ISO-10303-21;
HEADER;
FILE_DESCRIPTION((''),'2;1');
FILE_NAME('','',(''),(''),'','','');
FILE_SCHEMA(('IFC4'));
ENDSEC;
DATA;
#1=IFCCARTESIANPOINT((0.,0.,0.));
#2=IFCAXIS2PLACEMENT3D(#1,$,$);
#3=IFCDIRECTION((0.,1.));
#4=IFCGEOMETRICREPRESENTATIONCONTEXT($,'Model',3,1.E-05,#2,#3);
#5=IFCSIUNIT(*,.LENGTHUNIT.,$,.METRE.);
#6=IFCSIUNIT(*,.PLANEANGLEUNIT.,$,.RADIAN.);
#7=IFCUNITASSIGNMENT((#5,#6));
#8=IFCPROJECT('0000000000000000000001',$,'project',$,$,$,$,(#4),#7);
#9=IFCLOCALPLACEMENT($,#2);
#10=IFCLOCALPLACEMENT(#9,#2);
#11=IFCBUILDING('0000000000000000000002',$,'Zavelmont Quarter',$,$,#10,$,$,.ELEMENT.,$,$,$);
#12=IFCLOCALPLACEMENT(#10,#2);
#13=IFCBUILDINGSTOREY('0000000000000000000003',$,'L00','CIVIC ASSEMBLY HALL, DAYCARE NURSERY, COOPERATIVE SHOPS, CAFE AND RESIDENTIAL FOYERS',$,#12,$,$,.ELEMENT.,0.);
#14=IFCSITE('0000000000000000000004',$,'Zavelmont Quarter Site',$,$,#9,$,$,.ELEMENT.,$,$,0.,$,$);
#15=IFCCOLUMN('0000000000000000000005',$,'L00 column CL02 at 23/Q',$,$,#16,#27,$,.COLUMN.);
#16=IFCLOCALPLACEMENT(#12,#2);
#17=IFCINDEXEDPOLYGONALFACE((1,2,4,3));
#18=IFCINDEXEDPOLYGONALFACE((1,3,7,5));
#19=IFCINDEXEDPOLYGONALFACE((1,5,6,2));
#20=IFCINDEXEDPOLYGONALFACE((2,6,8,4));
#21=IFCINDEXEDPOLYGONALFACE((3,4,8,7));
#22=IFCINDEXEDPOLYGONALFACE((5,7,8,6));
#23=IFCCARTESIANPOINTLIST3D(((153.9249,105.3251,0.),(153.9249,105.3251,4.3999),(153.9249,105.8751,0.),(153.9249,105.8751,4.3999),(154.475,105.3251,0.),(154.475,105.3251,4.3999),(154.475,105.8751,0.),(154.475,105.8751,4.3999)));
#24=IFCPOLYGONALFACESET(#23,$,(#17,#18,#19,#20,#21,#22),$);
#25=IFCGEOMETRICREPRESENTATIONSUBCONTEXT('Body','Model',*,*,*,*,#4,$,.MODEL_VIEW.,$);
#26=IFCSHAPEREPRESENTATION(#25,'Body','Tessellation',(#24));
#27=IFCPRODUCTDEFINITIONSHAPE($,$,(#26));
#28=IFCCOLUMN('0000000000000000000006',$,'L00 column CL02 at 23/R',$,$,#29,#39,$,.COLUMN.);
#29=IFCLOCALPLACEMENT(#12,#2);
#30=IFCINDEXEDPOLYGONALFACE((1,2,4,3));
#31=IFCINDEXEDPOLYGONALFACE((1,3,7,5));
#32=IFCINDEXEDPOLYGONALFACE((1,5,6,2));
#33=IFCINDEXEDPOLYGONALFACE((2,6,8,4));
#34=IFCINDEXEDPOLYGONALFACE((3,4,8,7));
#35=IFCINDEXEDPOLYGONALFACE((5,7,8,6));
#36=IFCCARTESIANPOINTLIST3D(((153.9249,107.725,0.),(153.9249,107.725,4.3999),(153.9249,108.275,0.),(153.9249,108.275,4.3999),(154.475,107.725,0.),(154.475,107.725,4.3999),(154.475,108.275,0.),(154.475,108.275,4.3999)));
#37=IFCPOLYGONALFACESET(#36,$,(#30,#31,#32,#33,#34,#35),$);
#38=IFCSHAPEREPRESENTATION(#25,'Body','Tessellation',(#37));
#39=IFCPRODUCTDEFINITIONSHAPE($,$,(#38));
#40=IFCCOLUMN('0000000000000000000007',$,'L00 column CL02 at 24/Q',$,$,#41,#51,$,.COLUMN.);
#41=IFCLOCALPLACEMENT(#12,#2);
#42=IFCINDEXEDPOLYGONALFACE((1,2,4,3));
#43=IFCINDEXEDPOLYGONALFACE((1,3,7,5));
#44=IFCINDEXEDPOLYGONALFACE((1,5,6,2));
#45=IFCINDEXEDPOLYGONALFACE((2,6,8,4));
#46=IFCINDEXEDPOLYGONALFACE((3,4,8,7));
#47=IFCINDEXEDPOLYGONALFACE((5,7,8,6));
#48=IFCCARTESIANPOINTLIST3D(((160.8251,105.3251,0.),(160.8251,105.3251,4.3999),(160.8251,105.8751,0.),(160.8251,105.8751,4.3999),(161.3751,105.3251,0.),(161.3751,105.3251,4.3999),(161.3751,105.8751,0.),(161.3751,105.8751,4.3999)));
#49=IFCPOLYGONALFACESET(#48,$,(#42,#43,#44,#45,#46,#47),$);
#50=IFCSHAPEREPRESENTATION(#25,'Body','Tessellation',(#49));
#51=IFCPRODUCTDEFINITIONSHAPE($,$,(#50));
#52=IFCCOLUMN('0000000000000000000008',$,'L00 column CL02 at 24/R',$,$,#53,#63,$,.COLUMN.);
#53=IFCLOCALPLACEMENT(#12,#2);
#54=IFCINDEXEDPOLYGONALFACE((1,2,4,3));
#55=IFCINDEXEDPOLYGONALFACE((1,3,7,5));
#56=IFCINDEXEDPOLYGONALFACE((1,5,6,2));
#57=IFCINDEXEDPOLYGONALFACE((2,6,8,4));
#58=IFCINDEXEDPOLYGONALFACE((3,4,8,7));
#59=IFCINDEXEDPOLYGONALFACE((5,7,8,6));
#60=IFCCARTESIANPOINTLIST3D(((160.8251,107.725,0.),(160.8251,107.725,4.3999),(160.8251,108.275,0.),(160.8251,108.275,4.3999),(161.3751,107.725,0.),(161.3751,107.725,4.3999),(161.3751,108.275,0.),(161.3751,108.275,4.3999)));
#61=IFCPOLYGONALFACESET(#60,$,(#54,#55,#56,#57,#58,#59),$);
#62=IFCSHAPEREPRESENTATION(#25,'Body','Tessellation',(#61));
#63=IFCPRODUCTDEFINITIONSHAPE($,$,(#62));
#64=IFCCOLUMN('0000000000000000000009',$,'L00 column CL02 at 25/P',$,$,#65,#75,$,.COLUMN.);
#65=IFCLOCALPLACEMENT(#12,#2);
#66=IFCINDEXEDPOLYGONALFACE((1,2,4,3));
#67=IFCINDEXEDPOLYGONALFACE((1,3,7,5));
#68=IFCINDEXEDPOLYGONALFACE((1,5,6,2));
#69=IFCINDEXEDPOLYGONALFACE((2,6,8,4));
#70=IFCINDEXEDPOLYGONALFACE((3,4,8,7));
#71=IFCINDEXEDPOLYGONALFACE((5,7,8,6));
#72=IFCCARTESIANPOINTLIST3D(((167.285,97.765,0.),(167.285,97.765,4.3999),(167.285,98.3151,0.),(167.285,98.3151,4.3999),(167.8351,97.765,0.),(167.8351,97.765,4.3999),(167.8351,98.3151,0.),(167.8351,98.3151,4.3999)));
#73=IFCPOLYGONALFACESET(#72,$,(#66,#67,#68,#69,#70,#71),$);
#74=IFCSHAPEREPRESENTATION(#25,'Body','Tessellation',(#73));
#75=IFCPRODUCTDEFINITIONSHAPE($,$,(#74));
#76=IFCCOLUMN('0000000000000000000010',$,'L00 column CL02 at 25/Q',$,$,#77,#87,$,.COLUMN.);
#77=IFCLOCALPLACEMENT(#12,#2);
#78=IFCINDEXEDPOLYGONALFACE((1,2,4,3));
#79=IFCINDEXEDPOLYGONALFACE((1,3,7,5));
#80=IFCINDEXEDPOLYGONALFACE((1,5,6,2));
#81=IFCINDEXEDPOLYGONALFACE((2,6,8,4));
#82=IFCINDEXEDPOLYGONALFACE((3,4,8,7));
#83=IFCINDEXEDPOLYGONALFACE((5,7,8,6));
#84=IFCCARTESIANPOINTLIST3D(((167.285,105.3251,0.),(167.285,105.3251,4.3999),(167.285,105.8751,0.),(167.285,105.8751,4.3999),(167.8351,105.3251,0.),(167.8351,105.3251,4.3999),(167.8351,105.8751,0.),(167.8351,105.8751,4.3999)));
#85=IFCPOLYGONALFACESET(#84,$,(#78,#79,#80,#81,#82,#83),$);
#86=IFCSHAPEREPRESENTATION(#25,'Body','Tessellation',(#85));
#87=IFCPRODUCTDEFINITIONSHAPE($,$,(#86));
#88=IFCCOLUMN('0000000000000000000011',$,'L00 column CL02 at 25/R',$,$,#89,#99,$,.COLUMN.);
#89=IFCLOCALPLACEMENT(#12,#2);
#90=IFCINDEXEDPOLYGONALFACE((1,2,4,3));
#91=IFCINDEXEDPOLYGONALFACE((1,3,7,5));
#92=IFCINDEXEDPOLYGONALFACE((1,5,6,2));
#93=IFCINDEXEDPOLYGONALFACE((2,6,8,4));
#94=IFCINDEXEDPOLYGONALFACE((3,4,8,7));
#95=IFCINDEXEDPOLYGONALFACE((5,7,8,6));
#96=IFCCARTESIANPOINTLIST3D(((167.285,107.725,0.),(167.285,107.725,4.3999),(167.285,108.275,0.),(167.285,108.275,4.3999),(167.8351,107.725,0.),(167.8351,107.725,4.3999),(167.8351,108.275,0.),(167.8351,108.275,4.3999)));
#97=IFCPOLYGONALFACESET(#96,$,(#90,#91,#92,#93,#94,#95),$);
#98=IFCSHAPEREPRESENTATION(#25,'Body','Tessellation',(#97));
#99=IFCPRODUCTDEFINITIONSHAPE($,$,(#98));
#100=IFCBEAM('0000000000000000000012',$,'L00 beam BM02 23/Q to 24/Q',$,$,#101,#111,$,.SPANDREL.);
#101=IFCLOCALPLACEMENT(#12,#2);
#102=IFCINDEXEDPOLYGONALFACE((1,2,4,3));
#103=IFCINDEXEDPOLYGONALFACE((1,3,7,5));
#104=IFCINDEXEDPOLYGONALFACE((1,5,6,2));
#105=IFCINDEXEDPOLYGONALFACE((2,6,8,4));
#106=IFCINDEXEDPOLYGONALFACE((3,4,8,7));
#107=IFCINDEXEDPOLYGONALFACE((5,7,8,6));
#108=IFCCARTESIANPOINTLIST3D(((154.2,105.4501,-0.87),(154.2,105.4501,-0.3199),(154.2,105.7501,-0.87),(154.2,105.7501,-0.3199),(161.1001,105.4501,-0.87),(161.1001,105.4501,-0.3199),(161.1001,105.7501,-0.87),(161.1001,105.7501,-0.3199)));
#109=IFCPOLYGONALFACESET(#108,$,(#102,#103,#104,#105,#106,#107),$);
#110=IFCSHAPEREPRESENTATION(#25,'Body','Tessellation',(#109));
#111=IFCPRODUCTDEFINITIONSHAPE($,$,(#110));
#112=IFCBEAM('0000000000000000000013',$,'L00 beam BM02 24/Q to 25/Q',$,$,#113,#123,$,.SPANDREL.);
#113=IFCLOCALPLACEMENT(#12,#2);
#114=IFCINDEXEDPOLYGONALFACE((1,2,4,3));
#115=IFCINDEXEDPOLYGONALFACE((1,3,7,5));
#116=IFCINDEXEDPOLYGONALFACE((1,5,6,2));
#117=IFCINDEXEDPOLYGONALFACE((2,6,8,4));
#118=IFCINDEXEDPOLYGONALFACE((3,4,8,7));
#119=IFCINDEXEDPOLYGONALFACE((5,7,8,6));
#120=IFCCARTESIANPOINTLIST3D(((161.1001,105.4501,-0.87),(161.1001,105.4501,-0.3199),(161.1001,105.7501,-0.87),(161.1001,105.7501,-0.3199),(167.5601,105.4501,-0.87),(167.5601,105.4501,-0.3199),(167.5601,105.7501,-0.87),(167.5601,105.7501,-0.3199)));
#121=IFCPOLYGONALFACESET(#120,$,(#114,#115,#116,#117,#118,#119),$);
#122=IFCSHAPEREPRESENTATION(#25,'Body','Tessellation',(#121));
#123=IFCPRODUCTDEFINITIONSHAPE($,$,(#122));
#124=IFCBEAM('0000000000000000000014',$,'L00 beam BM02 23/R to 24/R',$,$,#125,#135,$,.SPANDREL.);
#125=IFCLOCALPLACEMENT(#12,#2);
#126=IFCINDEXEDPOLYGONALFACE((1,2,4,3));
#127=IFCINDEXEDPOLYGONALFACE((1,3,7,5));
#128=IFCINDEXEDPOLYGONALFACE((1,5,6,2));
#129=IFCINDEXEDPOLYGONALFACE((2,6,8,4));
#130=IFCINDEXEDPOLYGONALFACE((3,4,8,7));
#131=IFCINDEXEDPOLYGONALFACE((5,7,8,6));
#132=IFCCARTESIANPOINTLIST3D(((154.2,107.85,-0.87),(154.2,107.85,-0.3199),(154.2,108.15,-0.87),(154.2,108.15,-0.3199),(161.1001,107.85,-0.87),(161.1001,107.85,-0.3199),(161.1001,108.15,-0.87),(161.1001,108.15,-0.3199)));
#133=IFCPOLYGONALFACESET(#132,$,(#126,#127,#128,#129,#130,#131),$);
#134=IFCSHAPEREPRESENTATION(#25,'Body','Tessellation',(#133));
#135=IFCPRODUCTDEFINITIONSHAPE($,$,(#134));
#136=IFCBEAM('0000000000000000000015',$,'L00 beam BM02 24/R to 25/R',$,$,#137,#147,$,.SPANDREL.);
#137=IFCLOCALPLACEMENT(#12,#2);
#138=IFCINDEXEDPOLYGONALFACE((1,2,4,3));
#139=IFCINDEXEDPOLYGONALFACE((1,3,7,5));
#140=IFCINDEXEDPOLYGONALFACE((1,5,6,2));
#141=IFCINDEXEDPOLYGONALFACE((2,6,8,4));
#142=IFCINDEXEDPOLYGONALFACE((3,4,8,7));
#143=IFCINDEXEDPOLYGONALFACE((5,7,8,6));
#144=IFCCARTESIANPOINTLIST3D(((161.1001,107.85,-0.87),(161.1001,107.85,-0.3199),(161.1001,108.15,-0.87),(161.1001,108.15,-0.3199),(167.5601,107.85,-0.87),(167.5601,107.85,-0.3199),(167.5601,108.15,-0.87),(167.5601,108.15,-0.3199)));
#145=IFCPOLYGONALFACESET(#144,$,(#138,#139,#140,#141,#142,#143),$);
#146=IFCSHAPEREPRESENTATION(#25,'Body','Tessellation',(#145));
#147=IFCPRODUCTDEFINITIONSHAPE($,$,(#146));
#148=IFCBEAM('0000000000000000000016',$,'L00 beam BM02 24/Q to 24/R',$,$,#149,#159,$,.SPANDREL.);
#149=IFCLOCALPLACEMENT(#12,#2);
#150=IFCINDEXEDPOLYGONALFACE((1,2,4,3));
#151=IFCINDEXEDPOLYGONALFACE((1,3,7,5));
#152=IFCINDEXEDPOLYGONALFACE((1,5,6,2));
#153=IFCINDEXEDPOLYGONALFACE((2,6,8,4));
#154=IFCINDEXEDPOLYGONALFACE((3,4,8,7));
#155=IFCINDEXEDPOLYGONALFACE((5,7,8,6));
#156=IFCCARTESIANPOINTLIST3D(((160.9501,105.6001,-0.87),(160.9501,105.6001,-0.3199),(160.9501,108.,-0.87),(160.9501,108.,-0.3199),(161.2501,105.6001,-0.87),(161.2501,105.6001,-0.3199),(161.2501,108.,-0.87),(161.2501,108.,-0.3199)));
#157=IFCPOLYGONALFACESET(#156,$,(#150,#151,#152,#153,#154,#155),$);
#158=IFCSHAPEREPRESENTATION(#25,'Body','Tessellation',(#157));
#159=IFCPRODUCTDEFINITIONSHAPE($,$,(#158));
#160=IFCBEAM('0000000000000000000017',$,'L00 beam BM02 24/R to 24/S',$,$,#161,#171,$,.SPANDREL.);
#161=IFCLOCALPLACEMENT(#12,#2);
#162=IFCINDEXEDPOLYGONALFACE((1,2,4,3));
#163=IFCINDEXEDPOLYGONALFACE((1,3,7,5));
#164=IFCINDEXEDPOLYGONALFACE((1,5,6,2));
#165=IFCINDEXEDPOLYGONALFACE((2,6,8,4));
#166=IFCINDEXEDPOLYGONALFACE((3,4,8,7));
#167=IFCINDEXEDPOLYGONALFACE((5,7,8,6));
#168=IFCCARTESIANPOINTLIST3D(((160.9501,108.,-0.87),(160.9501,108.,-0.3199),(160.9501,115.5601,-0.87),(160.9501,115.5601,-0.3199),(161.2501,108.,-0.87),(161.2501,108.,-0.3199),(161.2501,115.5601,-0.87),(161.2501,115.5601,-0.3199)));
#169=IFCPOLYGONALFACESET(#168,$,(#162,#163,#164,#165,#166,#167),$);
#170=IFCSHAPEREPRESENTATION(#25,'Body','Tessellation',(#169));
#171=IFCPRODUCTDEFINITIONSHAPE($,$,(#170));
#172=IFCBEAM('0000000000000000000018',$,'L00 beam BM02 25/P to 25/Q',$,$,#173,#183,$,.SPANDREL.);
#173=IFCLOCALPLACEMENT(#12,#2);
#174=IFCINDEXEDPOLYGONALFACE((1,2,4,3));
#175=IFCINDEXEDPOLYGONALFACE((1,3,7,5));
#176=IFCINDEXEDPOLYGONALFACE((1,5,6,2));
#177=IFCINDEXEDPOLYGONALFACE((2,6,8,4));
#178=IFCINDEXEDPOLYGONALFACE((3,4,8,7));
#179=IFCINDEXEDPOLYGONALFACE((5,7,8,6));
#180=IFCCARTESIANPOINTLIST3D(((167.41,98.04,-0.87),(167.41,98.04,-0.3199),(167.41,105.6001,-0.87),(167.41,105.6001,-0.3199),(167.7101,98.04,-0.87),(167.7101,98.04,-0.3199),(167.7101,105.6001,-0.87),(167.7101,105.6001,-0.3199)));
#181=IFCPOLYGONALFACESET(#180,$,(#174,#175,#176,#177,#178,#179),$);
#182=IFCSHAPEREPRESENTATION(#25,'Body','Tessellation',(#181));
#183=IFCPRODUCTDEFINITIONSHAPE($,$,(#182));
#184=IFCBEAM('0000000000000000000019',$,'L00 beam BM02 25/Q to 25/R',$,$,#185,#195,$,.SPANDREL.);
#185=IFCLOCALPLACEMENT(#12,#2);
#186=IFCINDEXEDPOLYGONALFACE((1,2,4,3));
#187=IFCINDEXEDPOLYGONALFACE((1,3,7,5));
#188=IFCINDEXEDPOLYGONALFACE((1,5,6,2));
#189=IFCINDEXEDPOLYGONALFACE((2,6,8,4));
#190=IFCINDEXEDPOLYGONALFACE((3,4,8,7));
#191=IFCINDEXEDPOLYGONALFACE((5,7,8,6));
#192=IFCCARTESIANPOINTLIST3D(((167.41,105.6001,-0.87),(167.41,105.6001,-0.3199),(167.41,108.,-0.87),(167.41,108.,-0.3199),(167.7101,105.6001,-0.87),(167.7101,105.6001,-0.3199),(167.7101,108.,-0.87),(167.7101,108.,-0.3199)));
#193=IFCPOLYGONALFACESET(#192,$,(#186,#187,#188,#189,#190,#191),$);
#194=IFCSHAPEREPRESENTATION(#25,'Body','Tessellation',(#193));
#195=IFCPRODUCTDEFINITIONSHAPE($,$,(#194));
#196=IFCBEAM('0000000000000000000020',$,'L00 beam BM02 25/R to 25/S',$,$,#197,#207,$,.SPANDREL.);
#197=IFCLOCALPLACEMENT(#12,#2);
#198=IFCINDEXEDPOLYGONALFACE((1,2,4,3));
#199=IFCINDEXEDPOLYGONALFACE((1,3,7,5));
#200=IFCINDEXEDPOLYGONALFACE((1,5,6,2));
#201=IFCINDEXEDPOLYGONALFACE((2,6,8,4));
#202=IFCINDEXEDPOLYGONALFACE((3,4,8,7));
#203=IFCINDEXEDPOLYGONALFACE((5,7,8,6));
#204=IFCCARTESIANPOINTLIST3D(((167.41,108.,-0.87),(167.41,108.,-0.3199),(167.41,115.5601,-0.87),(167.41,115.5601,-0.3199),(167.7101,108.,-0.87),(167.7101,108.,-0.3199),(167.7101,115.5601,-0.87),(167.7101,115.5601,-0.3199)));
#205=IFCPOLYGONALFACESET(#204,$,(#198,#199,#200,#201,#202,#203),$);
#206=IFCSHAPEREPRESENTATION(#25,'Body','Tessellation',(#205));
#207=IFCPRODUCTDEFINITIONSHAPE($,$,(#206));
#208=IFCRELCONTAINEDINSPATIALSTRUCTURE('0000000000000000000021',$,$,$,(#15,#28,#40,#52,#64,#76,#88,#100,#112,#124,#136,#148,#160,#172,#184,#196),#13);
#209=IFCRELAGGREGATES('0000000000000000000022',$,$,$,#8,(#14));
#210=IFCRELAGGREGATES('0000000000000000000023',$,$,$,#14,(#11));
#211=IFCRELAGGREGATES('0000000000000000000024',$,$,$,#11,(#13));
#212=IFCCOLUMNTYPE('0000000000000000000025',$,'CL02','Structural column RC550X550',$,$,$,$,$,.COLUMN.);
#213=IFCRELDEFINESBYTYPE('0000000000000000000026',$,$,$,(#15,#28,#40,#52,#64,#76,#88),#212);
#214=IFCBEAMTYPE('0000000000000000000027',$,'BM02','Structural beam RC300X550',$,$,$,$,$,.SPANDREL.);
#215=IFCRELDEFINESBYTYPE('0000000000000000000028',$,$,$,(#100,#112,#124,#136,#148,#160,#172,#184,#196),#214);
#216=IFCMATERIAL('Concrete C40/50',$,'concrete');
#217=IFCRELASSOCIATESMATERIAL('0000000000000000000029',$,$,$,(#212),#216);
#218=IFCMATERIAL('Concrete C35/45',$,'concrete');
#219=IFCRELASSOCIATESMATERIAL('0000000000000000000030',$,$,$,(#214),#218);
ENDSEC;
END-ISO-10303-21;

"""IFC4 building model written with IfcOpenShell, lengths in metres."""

from ifc_helpers import new_model, si_unit, direction, frame, origin, origin_2d, place, context, subcontext, project, spatial, rectangle, extrude, material, material_profile, profile_set, type_object, element, save


model = new_model("IFC4")

# Units and contexts
model_context = context("Model", 3, precision=1e-05, world=origin(), true_north=direction((0.0, 1.0)))
body_context = subcontext(model_context, "Body", "Model", "MODEL_VIEW")
ifc_project = project(units=[si_unit("LENGTHUNIT", "METRE"), si_unit("PLANEANGLEUNIT", "RADIAN")], contexts=[model_context])

# Site, building, storey
site_placement = place(None, origin())
site = spatial("IfcSite", under=ifc_project, at=site_placement, Name="Zavelmont Quarter Site", CompositionType="ELEMENT", RefElevation=0.0)
building_placement = place(site_placement, origin())
building = spatial("IfcBuilding", under=site, at=building_placement, Name="Zavelmont Quarter", CompositionType="ELEMENT")
storey_placement = place(building_placement, origin())
storey = spatial("IfcBuildingStorey", under=building, at=storey_placement, Name="L00", Description="CIVIC ASSEMBLY HALL, DAYCARE NURSERY, COOPERATIVE SHOPS, CAFE AND RESIDENTIAL FOYERS", CompositionType="ELEMENT", Elevation=0.0)

# Columns
ifc_material_1 = material(Name="Concrete C40/50", Category="concrete")
ifc_material_profile_1 = material_profile(ifc_material_1, rectangle(XDim=0.55, YDim=0.55, at=origin_2d()), Name="RC550X550")
ifc_profile_set_1 = profile_set([ifc_material_profile_1], Name="Concrete C40/50")
column_type = type_object("IfcColumnType", Name="CL02", Description="Structural column RC550X550", PredefinedType="COLUMN", material=ifc_profile_set_1)
for number, where, z_axis, x_axis, name in (
    (1, (154.2, 105.6001, 0.0), (0.0, 0.0, 1.0), (1.0, 0.0, 0.0), "L00 column CL02 at 23/Q"),
    (2, (154.2, 108.0, 0.0), (0.0, 0.0, 1.0), (1.0, 0.0, 0.0), "L00 column CL02 at 23/R"),
    (3, (161.1001, 105.6001, 0.0), (0.0, 0.0, 1.0), (1.0, 0.0, 0.0), "L00 column CL02 at 24/Q"),
    (4, (161.1001, 108.0, 0.0), (0.0, 0.0, 1.0), (1.0, 0.0, 0.0), "L00 column CL02 at 24/R"),
    (5, (167.5601, 98.04, 0.0), (0.0, 0.0, 1.0), (1.0, 0.0, 0.0), "L00 column CL02 at 25/P"),
    (6, (167.5601, 105.6001, 0.0), (0.0, 0.0, 1.0), (1.0, 0.0, 0.0), "L00 column CL02 at 25/Q"),
    (7, (167.5601, 108.0, 0.0), (0.0, 0.0, 1.0), (1.0, 0.0, 0.0), "L00 column CL02 at 25/R"),
):
    element("IfcColumn", number, at=place(storey_placement, frame(where, z_axis=z_axis, x_axis=x_axis)), inside=storey, type_object=column_type, Name=name, PredefinedType="COLUMN", context=body_context, shape_type="SweptSolid", body=[
        extrude(rectangle(XDim=0.55, YDim=0.55, at=origin_2d()), origin(), (0.0, 0.0, 1.0), 4.3999),
    ])

# Beams
ifc_material_2 = material(Name="Concrete C35/45", Category="concrete")
ifc_material_profile_2 = material_profile(ifc_material_2, rectangle(XDim=0.3, YDim=0.55, at=origin_2d()), Name="RC300X550")
ifc_profile_set_2 = profile_set([ifc_material_profile_2], Name="Concrete C35/45")
beam_type_1 = type_object("IfcBeamType", Name="BM02", Description="Structural beam RC300X550", PredefinedType="SPANDREL", material=ifc_profile_set_2)
beam_1_placement = place(storey_placement, frame((154.2, 105.6001, -0.595), z_axis=(1.0, 0.0, 0.0), x_axis=(0.0, 1.0, 0.0)))
element("IfcBeam", 8, at=beam_1_placement, inside=storey, type_object=beam_type_1, Name="L00 beam BM02 23/Q to 24/Q", PredefinedType="SPANDREL", context=body_context, shape_type="SweptSolid", body=[
    extrude(rectangle(XDim=0.3, YDim=0.55, at=origin_2d()), origin(), (0.0, 0.0, 1.0), 6.9001),
])
beam_2_placement = place(storey_placement, frame((161.1001, 105.6001, -0.595), z_axis=(1.0, 0.0, 0.0), x_axis=(0.0, 1.0, 0.0)))
element("IfcBeam", 9, at=beam_2_placement, inside=storey, type_object=beam_type_1, Name="L00 beam BM02 24/Q to 25/Q", PredefinedType="SPANDREL", context=body_context, shape_type="SweptSolid", body=[
    extrude(rectangle(XDim=0.3, YDim=0.55, at=origin_2d()), origin(), (0.0, 0.0, 1.0), 6.46),
])
beam_3_placement = place(storey_placement, frame((154.2, 108.0, -0.595), z_axis=(1.0, 0.0, 0.0), x_axis=(0.0, 1.0, 0.0)))
element("IfcBeam", 10, at=beam_3_placement, inside=storey, type_object=beam_type_1, Name="L00 beam BM02 23/R to 24/R", PredefinedType="SPANDREL", context=body_context, shape_type="SweptSolid", body=[
    extrude(rectangle(XDim=0.3, YDim=0.55, at=origin_2d()), origin(), (0.0, 0.0, 1.0), 6.9001),
])
beam_4_placement = place(storey_placement, frame((161.1001, 108.0, -0.595), z_axis=(1.0, 0.0, 0.0), x_axis=(0.0, 1.0, 0.0)))
element("IfcBeam", 11, at=beam_4_placement, inside=storey, type_object=beam_type_1, Name="L00 beam BM02 24/R to 25/R", PredefinedType="SPANDREL", context=body_context, shape_type="SweptSolid", body=[
    extrude(rectangle(XDim=0.3, YDim=0.55, at=origin_2d()), origin(), (0.0, 0.0, 1.0), 6.46),
])
beam_5_placement = place(storey_placement, frame((161.1001, 105.6001, -0.595), z_axis=(0.0, 1.0, 0.0), x_axis=(-1.0, 0.0, 0.0)))
element("IfcBeam", 12, at=beam_5_placement, inside=storey, type_object=beam_type_1, Name="L00 beam BM02 24/Q to 24/R", PredefinedType="SPANDREL", context=body_context, shape_type="SweptSolid", body=[
    extrude(rectangle(XDim=0.3, YDim=0.55, at=origin_2d()), origin(), (0.0, 0.0, 1.0), 2.3999),
])
for number, where, z_axis, x_axis, name in (
    (13, (161.1001, 108.0, -0.595), (0.0, 1.0, 0.0), (-1.0, 0.0, 0.0), "L00 beam BM02 24/R to 24/S"),
    (14, (167.5601, 98.04, -0.595), (0.0, 1.0, 0.0), (-1.0, 0.0, 0.0), "L00 beam BM02 25/P to 25/Q"),
):
    element("IfcBeam", number, at=place(storey_placement, frame(where, z_axis=z_axis, x_axis=x_axis)), inside=storey, type_object=beam_type_1, Name=name, PredefinedType="SPANDREL", context=body_context, shape_type="SweptSolid", body=[
        extrude(rectangle(XDim=0.3, YDim=0.55, at=origin_2d()), origin(), (0.0, 0.0, 1.0), 7.5601),
    ])
beam_6_placement = place(storey_placement, frame((167.5601, 105.6001, -0.595), z_axis=(0.0, 1.0, 0.0), x_axis=(-1.0, 0.0, 0.0)))
element("IfcBeam", 15, at=beam_6_placement, inside=storey, type_object=beam_type_1, Name="L00 beam BM02 25/Q to 25/R", PredefinedType="SPANDREL", context=body_context, shape_type="SweptSolid", body=[
    extrude(rectangle(XDim=0.3, YDim=0.55, at=origin_2d()), origin(), (0.0, 0.0, 1.0), 2.3999),
])
beam_7_placement = place(storey_placement, frame((167.5601, 108.0, -0.595), z_axis=(0.0, 1.0, 0.0), x_axis=(-1.0, 0.0, 0.0)))
element("IfcBeam", 16, at=beam_7_placement, inside=storey, type_object=beam_type_1, Name="L00 beam BM02 25/R to 25/S", PredefinedType="SPANDREL", context=body_context, shape_type="SweptSolid", body=[
    extrude(rectangle(XDim=0.3, YDim=0.55, at=origin_2d()), origin(), (0.0, 0.0, 1.0), 7.5601),
])

save(model, "model.ifc")
